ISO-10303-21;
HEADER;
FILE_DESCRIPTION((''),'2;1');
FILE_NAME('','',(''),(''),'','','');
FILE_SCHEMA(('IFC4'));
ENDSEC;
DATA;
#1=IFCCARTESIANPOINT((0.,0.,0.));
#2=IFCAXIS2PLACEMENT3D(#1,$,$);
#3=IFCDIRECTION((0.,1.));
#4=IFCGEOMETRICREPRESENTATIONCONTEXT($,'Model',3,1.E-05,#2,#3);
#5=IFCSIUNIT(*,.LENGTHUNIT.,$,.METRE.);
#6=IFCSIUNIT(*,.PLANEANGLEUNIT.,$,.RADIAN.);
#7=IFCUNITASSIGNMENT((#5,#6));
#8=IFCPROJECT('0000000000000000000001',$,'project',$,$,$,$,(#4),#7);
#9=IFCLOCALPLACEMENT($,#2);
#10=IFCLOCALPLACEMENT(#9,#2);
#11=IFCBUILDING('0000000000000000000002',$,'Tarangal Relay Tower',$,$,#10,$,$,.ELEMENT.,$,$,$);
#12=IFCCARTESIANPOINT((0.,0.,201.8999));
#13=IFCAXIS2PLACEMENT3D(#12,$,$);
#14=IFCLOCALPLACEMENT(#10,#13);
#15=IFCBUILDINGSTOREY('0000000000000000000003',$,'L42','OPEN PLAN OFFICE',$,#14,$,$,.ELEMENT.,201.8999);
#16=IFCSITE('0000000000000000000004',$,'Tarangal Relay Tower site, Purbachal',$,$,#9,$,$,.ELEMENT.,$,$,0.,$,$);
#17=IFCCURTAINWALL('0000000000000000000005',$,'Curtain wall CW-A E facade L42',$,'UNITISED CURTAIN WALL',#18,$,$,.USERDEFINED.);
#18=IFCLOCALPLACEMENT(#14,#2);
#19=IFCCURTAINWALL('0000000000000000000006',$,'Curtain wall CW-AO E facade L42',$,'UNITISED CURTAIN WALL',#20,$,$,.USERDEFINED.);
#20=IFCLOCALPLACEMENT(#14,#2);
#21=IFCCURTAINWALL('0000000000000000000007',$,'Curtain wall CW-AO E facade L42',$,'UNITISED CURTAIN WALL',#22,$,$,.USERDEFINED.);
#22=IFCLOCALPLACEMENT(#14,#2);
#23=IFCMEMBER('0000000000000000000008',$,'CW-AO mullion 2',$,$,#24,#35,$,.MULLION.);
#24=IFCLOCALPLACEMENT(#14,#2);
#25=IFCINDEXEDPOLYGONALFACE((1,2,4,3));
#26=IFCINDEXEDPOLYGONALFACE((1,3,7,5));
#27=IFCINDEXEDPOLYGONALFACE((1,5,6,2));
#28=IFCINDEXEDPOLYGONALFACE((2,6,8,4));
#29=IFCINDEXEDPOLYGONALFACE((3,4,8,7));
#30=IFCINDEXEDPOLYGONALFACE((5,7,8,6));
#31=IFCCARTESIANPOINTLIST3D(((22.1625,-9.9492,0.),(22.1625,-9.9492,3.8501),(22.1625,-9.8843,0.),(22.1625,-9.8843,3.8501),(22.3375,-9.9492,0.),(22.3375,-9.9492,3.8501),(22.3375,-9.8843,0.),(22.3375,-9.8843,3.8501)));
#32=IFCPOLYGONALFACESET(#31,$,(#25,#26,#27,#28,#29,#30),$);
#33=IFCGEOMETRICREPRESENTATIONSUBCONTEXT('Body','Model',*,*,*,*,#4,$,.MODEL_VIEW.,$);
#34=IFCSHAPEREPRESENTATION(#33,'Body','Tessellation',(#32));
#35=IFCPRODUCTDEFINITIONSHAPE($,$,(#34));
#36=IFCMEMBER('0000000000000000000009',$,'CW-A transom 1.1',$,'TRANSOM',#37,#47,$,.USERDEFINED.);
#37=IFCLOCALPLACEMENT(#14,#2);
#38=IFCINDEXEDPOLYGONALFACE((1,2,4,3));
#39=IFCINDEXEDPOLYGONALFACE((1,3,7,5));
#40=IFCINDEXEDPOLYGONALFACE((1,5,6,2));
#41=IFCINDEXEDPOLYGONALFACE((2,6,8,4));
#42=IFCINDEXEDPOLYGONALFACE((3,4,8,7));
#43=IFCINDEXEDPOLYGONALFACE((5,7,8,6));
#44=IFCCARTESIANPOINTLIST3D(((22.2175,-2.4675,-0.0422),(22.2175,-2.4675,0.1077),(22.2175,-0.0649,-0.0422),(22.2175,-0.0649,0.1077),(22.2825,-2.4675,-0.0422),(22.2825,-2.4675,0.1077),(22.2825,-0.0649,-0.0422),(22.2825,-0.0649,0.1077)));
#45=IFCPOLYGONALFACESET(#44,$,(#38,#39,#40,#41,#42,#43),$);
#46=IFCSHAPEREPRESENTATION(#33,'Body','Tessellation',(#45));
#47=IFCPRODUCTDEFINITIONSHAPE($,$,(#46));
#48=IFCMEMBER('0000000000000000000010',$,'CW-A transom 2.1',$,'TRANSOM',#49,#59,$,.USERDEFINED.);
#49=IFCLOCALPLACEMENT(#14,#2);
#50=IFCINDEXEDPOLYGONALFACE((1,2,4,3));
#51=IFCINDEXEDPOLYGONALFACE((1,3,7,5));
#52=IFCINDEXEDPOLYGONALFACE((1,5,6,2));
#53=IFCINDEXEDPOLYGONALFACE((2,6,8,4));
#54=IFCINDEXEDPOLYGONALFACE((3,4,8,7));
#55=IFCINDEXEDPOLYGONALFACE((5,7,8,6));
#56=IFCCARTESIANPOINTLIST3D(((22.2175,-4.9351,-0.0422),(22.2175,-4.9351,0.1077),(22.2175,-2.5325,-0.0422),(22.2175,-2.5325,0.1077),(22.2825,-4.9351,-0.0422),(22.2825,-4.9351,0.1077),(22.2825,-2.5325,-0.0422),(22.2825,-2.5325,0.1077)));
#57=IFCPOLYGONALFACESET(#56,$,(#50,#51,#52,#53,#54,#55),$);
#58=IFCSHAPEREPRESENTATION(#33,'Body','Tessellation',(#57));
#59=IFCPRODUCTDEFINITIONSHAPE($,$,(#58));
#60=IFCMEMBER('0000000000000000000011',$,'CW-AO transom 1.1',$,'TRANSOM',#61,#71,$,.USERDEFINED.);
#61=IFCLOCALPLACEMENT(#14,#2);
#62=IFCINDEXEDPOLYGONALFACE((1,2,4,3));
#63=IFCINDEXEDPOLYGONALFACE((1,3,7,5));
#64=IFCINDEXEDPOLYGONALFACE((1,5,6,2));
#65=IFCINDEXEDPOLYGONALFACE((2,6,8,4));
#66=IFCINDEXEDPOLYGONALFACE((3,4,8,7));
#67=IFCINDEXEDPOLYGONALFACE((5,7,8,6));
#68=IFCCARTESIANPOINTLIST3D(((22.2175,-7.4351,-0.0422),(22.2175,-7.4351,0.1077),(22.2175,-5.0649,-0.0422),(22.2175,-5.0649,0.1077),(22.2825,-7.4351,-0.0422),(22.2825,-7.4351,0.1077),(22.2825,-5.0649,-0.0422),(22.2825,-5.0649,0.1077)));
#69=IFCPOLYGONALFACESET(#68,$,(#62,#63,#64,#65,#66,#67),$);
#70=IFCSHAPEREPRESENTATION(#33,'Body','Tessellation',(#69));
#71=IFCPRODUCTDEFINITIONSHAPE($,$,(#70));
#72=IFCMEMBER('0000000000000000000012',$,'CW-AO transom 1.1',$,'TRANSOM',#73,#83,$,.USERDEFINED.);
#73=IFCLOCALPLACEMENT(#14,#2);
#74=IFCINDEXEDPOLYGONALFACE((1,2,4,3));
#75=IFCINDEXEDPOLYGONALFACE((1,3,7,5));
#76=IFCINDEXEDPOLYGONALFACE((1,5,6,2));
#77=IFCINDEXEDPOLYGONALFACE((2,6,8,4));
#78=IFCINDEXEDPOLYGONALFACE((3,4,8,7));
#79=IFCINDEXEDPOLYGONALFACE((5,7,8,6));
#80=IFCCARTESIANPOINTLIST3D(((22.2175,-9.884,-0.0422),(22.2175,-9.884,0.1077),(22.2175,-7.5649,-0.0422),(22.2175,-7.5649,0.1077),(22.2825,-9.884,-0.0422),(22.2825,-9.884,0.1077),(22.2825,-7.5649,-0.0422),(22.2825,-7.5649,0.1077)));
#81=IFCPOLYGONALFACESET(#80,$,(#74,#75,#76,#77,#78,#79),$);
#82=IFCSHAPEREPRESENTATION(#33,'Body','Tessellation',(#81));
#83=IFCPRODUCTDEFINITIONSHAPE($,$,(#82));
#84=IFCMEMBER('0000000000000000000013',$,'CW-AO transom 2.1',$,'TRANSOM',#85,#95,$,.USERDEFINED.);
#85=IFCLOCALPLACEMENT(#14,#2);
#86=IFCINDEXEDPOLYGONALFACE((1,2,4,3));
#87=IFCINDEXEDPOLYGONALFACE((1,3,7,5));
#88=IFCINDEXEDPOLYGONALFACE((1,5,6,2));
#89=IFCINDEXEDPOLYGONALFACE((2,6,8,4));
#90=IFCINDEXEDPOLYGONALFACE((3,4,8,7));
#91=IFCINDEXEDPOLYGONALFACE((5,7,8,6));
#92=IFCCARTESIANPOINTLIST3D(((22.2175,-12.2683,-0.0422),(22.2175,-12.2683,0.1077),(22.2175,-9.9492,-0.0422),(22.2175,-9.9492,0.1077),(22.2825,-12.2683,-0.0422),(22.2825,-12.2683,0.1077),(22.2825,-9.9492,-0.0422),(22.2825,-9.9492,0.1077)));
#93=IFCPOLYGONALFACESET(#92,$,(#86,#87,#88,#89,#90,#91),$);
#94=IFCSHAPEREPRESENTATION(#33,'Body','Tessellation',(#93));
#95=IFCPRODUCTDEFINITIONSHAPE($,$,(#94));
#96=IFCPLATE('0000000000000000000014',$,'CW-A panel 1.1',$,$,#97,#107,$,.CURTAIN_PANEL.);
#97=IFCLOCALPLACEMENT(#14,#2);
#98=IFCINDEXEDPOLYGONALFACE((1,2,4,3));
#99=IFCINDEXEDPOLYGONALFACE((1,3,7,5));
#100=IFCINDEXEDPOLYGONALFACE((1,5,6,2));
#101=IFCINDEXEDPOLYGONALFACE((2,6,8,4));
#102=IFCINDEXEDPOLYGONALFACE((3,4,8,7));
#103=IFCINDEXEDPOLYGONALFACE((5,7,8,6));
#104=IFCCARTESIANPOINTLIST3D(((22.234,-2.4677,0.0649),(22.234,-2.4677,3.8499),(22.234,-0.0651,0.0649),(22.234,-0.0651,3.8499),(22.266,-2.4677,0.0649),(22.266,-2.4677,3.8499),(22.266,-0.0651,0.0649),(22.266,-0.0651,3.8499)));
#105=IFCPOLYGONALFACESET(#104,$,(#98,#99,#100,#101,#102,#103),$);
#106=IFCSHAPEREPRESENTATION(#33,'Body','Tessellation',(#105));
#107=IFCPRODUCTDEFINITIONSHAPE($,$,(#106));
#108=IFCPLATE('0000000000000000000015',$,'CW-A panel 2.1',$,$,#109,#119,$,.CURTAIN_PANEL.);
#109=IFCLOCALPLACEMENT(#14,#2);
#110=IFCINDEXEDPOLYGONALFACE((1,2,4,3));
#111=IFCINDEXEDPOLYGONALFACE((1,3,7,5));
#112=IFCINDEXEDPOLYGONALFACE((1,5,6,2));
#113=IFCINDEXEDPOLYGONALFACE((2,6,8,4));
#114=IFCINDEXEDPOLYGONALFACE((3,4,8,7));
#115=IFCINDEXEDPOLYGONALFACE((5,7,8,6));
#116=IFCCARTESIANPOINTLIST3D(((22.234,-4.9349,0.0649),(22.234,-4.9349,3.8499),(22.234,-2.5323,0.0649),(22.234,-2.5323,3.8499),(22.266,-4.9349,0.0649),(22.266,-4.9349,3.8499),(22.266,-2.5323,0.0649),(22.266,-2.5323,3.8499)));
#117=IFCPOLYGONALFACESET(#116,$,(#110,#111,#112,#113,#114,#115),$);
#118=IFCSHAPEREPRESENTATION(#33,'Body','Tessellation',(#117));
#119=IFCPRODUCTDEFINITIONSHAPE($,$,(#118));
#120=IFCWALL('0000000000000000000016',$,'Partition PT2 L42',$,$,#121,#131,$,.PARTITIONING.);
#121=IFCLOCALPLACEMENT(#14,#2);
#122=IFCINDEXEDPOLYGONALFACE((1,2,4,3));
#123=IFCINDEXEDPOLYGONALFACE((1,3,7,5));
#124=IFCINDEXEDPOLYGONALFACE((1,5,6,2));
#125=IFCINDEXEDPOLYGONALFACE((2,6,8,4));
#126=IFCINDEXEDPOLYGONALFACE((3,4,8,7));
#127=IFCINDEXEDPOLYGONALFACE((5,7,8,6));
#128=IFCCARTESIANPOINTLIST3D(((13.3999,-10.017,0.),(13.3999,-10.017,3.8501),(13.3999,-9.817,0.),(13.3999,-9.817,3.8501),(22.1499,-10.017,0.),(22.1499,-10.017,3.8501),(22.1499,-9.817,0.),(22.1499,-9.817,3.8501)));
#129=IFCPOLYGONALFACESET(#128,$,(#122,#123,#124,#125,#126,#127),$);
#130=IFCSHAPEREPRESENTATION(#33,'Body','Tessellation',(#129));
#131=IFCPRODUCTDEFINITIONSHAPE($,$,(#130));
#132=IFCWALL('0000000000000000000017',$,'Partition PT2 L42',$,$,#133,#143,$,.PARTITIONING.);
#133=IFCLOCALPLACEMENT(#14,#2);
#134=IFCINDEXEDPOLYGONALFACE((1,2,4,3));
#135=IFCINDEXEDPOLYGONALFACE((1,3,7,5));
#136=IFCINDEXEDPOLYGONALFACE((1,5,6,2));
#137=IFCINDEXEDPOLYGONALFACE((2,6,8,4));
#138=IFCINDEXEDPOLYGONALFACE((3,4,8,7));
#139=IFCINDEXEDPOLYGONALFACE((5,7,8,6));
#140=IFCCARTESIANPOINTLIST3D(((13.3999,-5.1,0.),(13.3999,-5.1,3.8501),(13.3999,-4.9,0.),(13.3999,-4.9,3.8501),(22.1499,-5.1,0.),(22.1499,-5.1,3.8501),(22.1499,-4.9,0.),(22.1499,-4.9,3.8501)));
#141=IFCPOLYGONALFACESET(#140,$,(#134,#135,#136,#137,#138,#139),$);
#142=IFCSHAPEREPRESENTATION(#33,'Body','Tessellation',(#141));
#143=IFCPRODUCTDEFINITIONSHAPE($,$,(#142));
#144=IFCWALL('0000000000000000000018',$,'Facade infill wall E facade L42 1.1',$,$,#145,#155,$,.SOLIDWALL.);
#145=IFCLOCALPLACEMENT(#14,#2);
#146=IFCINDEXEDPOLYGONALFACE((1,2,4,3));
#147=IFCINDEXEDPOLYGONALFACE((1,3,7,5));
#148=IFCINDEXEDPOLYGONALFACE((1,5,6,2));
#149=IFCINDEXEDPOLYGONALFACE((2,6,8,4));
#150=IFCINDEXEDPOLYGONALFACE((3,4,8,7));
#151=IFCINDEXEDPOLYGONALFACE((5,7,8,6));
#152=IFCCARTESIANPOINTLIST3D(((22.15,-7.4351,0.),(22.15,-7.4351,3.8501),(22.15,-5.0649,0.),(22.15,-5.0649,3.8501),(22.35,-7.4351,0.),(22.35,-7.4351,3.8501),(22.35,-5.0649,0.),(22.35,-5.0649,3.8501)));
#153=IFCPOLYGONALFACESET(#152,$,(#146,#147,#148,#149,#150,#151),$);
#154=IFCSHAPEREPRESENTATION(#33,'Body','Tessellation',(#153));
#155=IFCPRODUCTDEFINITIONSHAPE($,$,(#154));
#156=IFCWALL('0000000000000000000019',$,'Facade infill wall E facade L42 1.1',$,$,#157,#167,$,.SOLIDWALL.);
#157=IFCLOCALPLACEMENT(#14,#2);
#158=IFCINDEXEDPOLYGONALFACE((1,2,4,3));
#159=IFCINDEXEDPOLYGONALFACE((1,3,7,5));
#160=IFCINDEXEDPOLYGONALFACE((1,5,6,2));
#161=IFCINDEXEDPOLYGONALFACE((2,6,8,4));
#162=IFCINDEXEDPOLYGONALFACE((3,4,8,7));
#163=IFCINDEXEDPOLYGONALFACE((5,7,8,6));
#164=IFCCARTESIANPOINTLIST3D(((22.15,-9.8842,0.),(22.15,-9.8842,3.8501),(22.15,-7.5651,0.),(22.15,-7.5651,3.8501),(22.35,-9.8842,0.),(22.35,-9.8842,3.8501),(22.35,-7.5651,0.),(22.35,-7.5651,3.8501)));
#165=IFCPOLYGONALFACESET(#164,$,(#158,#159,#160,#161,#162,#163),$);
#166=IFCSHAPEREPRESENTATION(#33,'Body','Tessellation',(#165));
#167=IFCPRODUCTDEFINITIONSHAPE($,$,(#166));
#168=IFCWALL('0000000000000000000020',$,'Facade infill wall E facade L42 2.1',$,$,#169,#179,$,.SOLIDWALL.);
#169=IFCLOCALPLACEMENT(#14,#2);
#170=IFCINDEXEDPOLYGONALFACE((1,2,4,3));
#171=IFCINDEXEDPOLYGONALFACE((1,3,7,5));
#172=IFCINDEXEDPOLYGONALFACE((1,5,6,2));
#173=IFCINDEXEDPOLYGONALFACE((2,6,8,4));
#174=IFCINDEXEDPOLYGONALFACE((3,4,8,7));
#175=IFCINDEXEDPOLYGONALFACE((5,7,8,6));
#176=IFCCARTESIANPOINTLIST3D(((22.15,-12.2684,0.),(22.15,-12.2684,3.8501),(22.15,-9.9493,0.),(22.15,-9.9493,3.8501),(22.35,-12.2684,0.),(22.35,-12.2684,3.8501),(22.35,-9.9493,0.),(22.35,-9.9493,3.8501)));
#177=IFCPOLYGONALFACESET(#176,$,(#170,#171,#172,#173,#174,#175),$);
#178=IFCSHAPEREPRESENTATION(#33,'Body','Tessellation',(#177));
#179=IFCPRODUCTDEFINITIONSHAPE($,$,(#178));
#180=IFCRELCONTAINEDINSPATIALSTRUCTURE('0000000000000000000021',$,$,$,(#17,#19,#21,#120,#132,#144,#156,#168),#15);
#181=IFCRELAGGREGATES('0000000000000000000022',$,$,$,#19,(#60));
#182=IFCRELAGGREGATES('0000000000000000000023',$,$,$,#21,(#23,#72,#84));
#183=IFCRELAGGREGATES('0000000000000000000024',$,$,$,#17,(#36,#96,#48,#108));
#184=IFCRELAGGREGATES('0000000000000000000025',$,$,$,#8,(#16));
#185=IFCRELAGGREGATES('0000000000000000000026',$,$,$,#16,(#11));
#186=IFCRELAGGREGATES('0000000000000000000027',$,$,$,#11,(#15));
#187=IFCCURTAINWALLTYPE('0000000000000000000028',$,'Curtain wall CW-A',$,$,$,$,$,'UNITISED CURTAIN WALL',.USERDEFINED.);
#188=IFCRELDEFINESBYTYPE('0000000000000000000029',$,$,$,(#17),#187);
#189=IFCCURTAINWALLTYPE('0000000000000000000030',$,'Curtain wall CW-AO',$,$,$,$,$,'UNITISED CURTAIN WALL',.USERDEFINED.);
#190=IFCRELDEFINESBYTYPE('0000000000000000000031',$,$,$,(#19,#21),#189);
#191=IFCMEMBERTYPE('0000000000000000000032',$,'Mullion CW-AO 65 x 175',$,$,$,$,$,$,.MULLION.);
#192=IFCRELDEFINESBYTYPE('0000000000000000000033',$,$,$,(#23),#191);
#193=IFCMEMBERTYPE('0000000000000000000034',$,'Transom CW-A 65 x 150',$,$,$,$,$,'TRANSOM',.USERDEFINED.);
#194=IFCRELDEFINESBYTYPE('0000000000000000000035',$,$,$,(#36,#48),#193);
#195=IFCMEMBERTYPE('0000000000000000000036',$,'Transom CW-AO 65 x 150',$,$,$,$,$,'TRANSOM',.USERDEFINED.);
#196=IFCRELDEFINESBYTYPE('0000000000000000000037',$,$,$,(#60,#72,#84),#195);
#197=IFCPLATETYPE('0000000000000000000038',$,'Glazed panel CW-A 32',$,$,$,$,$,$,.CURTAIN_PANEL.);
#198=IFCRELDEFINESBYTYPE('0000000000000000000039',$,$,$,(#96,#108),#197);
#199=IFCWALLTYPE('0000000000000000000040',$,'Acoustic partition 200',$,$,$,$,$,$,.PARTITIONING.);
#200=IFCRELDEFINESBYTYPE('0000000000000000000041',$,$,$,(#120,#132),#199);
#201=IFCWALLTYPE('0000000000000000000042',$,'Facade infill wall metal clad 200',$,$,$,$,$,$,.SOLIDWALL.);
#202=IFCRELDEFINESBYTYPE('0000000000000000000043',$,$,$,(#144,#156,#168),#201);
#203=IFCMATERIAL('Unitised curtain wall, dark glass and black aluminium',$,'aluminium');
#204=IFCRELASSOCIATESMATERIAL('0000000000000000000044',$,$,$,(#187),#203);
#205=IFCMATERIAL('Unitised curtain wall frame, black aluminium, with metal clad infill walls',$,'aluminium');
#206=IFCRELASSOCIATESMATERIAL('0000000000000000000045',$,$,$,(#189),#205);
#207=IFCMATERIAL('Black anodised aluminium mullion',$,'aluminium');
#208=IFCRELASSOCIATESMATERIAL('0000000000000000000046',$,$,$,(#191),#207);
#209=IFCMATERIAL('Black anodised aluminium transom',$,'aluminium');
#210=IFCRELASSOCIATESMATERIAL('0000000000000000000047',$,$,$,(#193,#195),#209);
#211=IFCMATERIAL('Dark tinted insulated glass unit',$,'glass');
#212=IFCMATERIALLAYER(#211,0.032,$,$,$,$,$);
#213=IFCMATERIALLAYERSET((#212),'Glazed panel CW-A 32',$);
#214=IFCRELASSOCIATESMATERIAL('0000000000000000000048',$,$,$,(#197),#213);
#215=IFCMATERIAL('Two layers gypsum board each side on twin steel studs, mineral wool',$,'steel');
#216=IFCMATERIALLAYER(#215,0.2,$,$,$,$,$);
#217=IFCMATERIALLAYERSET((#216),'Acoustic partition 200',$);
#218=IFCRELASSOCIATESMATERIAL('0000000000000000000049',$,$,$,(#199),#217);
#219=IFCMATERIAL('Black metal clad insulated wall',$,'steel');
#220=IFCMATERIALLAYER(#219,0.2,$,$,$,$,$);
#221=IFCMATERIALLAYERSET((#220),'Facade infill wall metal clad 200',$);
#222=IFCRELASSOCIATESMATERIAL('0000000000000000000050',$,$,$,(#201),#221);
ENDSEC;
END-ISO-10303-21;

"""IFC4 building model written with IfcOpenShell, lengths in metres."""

from ifc_helpers import new_model, si_unit, direction, frame, frame_2d, origin, origin_2d, place, context, subcontext, project, spatial, rectangle, extrude, material, layer, layer_set, material_profile, profile_set, type_object, element, aggregate, save


model = new_model("IFC4")

# Units and contexts
model_context = context("Model", 3, precision=1e-05, world=origin(), true_north=direction((0.0, 1.0)))
body_context = subcontext(model_context, "Body", "Model", "MODEL_VIEW")
ifc_project = project(units=[si_unit("LENGTHUNIT", "METRE"), si_unit("PLANEANGLEUNIT", "RADIAN")], contexts=[model_context])

# Site, building, storey
site_placement = place(None, origin())
site = spatial("IfcSite", under=ifc_project, at=site_placement, Name="Tarangal Relay Tower site, Purbachal", CompositionType="ELEMENT", RefElevation=0.0)
building_placement = place(site_placement, origin())
building = spatial("IfcBuilding", under=site, at=building_placement, Name="Tarangal Relay Tower", CompositionType="ELEMENT")
storey_placement = place(building_placement, frame((0.0, 0.0, 201.8999)))
storey = spatial("IfcBuildingStorey", under=building, at=storey_placement, Name="L42", Description="OPEN PLAN OFFICE", CompositionType="ELEMENT", Elevation=201.8999)

# Curtain walls, member
ifc_material_1 = material(Name="Unitised curtain wall, dark glass and black aluminium", Category="aluminium")
curtain_wall_type_1 = type_object("IfcCurtainWallType", Name="Curtain wall CW-A", ElementType="UNITISED CURTAIN WALL", PredefinedType="USERDEFINED", material=ifc_material_1)
curtain_wall_1_placement = place(storey_placement, origin())
curtain_wall_1 = element("IfcCurtainWall", 1, at=curtain_wall_1_placement, inside=storey, type_object=curtain_wall_type_1, Name="Curtain wall CW-A E facade L42", ObjectType="UNITISED CURTAIN WALL", PredefinedType="USERDEFINED")
ifc_material_2 = material(Name="Black anodised aluminium mullion", Category="aluminium")
ifc_material_3 = material(Name="Unitised curtain wall frame, black aluminium, with metal clad infill walls", Category="aluminium")
curtain_wall_type_2 = type_object("IfcCurtainWallType", Name="Curtain wall CW-AO", ElementType="UNITISED CURTAIN WALL", PredefinedType="USERDEFINED", material=ifc_material_3)
curtain_wall_2_placement = place(storey_placement, origin())
curtain_wall_2 = element("IfcCurtainWall", 2, at=curtain_wall_2_placement, inside=storey, type_object=curtain_wall_type_2, Name="Curtain wall CW-AO E facade L42", ObjectType="UNITISED CURTAIN WALL", PredefinedType="USERDEFINED")
ifc_material_profile_1 = material_profile(ifc_material_2, rectangle(XDim=0.175, YDim=0.0649, at=origin_2d()), Name="CW-AOM 65X175")
ifc_profile_set_1 = profile_set([ifc_material_profile_1], Name="Black anodised aluminium mullion")
member_type_1 = type_object("IfcMemberType", Name="Mullion CW-AO 65 x 175", PredefinedType="MULLION", material=ifc_profile_set_1)
curtain_wall_3_placement = place(storey_placement, origin())
curtain_wall_3 = element("IfcCurtainWall", 3, at=curtain_wall_3_placement, inside=storey, type_object=curtain_wall_type_2, Name="Curtain wall CW-AO E facade L42", ObjectType="UNITISED CURTAIN WALL", PredefinedType="USERDEFINED")
member_1_placement = place(storey_placement, frame((22.25, -9.9167, 0.0), z_axis=(0.0, 0.0, 1.0), x_axis=(1.0, 0.0, 0.0)))
member_1 = element("IfcMember", 4, at=member_1_placement, type_object=member_type_1, Name="CW-AO mullion 2", PredefinedType="MULLION", context=body_context, shape_type="SweptSolid", body=[
    extrude(rectangle(XDim=0.175, YDim=0.0649, at=origin_2d()), origin(), (0.0, 0.0, 1.0), 3.8501),
])

# Members
ifc_material_4 = material(Name="Black anodised aluminium transom", Category="aluminium")
ifc_material_profile_2 = material_profile(ifc_material_4, rectangle(XDim=0.0649, YDim=0.1499, at=origin_2d()), Name="CW-AT 65X150")
ifc_profile_set_2 = profile_set([ifc_material_profile_2], Name="Black anodised aluminium transom")
member_type_2 = type_object("IfcMemberType", Name="Transom CW-A 65 x 150", ElementType="TRANSOM", PredefinedType="USERDEFINED", material=ifc_profile_set_2)
member_2_placement = place(storey_placement, frame((22.25, -0.0649, 0.0327), z_axis=(0.0, -1.0, 0.0), x_axis=(1.0, 0.0, 0.0)))
member_2 = element("IfcMember", 5, at=member_2_placement, type_object=member_type_2, Name="CW-A transom 1.1", ObjectType="TRANSOM", PredefinedType="USERDEFINED", context=body_context, shape_type="SweptSolid", body=[
    extrude(rectangle(XDim=0.0649, YDim=0.1499, at=origin_2d()), origin(), (0.0, 0.0, 1.0), 2.4026),
])
member_3_placement = place(storey_placement, frame((22.25, -2.5325, 0.0327), z_axis=(0.0, -1.0, 0.0), x_axis=(1.0, 0.0, 0.0)))
member_3 = element("IfcMember", 6, at=member_3_placement, type_object=member_type_2, Name="CW-A transom 2.1", ObjectType="TRANSOM", PredefinedType="USERDEFINED", context=body_context, shape_type="SweptSolid", body=[
    extrude(rectangle(XDim=0.0649, YDim=0.1499, at=origin_2d()), origin(), (0.0, 0.0, 1.0), 2.4026),
])
ifc_material_profile_3 = material_profile(ifc_material_4, rectangle(XDim=0.0649, YDim=0.1499, at=origin_2d()), Name="CW-AOT 65X150")
ifc_profile_set_3 = profile_set([ifc_material_profile_3], Name="Black anodised aluminium transom")
member_type_3 = type_object("IfcMemberType", Name="Transom CW-AO 65 x 150", ElementType="TRANSOM", PredefinedType="USERDEFINED", material=ifc_profile_set_3)
member_4_placement = place(storey_placement, frame((22.25, -5.0649, 0.0327), z_axis=(0.0, -1.0, 0.0), x_axis=(1.0, 0.0, 0.0)))
member_4 = element("IfcMember", 7, at=member_4_placement, type_object=member_type_3, Name="CW-AO transom 1.1", ObjectType="TRANSOM", PredefinedType="USERDEFINED", context=body_context, shape_type="SweptSolid", body=[
    extrude(rectangle(XDim=0.0649, YDim=0.1499, at=origin_2d()), origin(), (0.0, 0.0, 1.0), 2.3701),
])
aggregate(curtain_wall_2, [member_4])
member_5_placement = place(storey_placement, frame((22.25, -7.5649, 0.0327), z_axis=(0.0, -1.0, 0.0), x_axis=(1.0, 0.0, 0.0)))
member_5 = element("IfcMember", 8, at=member_5_placement, type_object=member_type_3, Name="CW-AO transom 1.1", ObjectType="TRANSOM", PredefinedType="USERDEFINED", context=body_context, shape_type="SweptSolid", body=[
    extrude(rectangle(XDim=0.0649, YDim=0.1499, at=origin_2d()), origin(), (0.0, 0.0, 1.0), 2.3191),
])
member_6_placement = place(storey_placement, frame((22.25, -9.9492, 0.0327), z_axis=(0.0, -1.0, 0.0), x_axis=(1.0, 0.0, 0.0)))
member_6 = element("IfcMember", 9, at=member_6_placement, type_object=member_type_3, Name="CW-AO transom 2.1", ObjectType="TRANSOM", PredefinedType="USERDEFINED", context=body_context, shape_type="SweptSolid", body=[
    extrude(rectangle(XDim=0.0649, YDim=0.1499, at=origin_2d()), origin(), (0.0, 0.0, 1.0), 2.3191),
])
aggregate(curtain_wall_3, [member_1, member_5, member_6])

# Plates
ifc_material_5 = material(Name="Dark tinted insulated glass unit", Category="glass")
ifc_layer_1 = layer(ifc_material_5, 0.032)
ifc_layer_set_1 = layer_set([ifc_layer_1], Name="Glazed panel CW-A 32")
plate_type = type_object("IfcPlateType", Name="Glazed panel CW-A 32", PredefinedType="CURTAIN_PANEL", material=ifc_layer_set_1)
plate_1_placement = place(storey_placement, frame((22.25, -1.2664, 0.0649), z_axis=(0.0, 0.0, 1.0), x_axis=(0.0, -1.0, 0.0)))
plate_1 = element("IfcPlate", 10, at=plate_1_placement, type_object=plate_type, Name="CW-A panel 1.1", PredefinedType="CURTAIN_PANEL", context=body_context, shape_type="SweptSolid", body=[
    extrude(rectangle(XDim=2.4026, YDim=0.032, at=origin_2d()), origin(), (0.0, 0.0, 1.0), 3.7849),
])
plate_2_placement = place(storey_placement, frame((22.25, -3.7336, 0.0649), z_axis=(0.0, 0.0, 1.0), x_axis=(0.0, -1.0, 0.0)))
plate_2 = element("IfcPlate", 11, at=plate_2_placement, type_object=plate_type, Name="CW-A panel 2.1", PredefinedType="CURTAIN_PANEL", context=body_context, shape_type="SweptSolid", body=[
    extrude(rectangle(XDim=2.4026, YDim=0.032, at=origin_2d()), origin(), (0.0, 0.0, 1.0), 3.7849),
])
aggregate(curtain_wall_1, [member_2, plate_1, member_3, plate_2])

# Walls
ifc_material_6 = material(Name="Two layers gypsum board each side on twin steel studs, mineral wool", Category="steel")
ifc_layer_2 = layer(ifc_material_6, 0.2)
ifc_layer_set_2 = layer_set([ifc_layer_2], Name="Acoustic partition 200")
wall_type_1 = type_object("IfcWallType", Name="Acoustic partition 200", PredefinedType="PARTITIONING", material=ifc_layer_set_2)
for number, where, z_axis, x_axis, name in (
    (12, (13.3999, -9.917, 0.0), (0.0, 0.0, 1.0), (1.0, 0.0, 0.0), "Partition PT2 L42"),
    (13, (13.3999, -5.0, 0.0), (0.0, 0.0, 1.0), (1.0, 0.0, 0.0), "Partition PT2 L42"),
):
    element("IfcWall", number, at=place(storey_placement, frame(where, z_axis=z_axis, x_axis=x_axis)), inside=storey, type_object=wall_type_1, Name=name, PredefinedType="PARTITIONING", context=body_context, shape_type="SweptSolid", body=[
        extrude(rectangle(XDim=8.75, YDim=0.2, at=frame_2d((4.375, 0.0))), origin(), (0.0, 0.0, 1.0), 3.8501),
    ])

# Walls
ifc_material_7 = material(Name="Black metal clad insulated wall", Category="steel")
ifc_layer_3 = layer(ifc_material_7, 0.2)
ifc_layer_set_3 = layer_set([ifc_layer_3], Name="Facade infill wall metal clad 200")
wall_type_2 = type_object("IfcWallType", Name="Facade infill wall metal clad 200", PredefinedType="SOLIDWALL", material=ifc_layer_set_3)
wall_1_placement = place(storey_placement, frame((22.25, -5.0649, 0.0), z_axis=(0.0, 0.0, 1.0), x_axis=(0.0, -1.0, 0.0)))
element("IfcWall", 14, at=wall_1_placement, inside=storey, type_object=wall_type_2, Name="Facade infill wall E facade L42 1.1", PredefinedType="SOLIDWALL", context=body_context, shape_type="SweptSolid", body=[
    extrude(rectangle(XDim=2.3701, YDim=0.2, at=frame_2d((1.1851, 0.0))), origin(), (0.0, 0.0, 1.0), 3.8501),
])
for number, where, z_axis, x_axis, name in (
    (15, (22.25, -7.5649, 0.0), (0.0, 0.0, 1.0), (0.0, -1.0, 0.0), "Facade infill wall E facade L42 1.1"),
    (16, (22.25, -9.9492, 0.0), (0.0, 0.0, 1.0), (0.0, -1.0, 0.0), "Facade infill wall E facade L42 2.1"),
):
    element("IfcWall", number, at=place(storey_placement, frame(where, z_axis=z_axis, x_axis=x_axis)), inside=storey, type_object=wall_type_2, Name=name, PredefinedType="SOLIDWALL", context=body_context, shape_type="SweptSolid", body=[
        extrude(rectangle(XDim=2.3191, YDim=0.2, at=frame_2d((1.1597, 0.0))), origin(), (0.0, 0.0, 1.0), 3.8501),
    ])

save(model, "model.ifc")
